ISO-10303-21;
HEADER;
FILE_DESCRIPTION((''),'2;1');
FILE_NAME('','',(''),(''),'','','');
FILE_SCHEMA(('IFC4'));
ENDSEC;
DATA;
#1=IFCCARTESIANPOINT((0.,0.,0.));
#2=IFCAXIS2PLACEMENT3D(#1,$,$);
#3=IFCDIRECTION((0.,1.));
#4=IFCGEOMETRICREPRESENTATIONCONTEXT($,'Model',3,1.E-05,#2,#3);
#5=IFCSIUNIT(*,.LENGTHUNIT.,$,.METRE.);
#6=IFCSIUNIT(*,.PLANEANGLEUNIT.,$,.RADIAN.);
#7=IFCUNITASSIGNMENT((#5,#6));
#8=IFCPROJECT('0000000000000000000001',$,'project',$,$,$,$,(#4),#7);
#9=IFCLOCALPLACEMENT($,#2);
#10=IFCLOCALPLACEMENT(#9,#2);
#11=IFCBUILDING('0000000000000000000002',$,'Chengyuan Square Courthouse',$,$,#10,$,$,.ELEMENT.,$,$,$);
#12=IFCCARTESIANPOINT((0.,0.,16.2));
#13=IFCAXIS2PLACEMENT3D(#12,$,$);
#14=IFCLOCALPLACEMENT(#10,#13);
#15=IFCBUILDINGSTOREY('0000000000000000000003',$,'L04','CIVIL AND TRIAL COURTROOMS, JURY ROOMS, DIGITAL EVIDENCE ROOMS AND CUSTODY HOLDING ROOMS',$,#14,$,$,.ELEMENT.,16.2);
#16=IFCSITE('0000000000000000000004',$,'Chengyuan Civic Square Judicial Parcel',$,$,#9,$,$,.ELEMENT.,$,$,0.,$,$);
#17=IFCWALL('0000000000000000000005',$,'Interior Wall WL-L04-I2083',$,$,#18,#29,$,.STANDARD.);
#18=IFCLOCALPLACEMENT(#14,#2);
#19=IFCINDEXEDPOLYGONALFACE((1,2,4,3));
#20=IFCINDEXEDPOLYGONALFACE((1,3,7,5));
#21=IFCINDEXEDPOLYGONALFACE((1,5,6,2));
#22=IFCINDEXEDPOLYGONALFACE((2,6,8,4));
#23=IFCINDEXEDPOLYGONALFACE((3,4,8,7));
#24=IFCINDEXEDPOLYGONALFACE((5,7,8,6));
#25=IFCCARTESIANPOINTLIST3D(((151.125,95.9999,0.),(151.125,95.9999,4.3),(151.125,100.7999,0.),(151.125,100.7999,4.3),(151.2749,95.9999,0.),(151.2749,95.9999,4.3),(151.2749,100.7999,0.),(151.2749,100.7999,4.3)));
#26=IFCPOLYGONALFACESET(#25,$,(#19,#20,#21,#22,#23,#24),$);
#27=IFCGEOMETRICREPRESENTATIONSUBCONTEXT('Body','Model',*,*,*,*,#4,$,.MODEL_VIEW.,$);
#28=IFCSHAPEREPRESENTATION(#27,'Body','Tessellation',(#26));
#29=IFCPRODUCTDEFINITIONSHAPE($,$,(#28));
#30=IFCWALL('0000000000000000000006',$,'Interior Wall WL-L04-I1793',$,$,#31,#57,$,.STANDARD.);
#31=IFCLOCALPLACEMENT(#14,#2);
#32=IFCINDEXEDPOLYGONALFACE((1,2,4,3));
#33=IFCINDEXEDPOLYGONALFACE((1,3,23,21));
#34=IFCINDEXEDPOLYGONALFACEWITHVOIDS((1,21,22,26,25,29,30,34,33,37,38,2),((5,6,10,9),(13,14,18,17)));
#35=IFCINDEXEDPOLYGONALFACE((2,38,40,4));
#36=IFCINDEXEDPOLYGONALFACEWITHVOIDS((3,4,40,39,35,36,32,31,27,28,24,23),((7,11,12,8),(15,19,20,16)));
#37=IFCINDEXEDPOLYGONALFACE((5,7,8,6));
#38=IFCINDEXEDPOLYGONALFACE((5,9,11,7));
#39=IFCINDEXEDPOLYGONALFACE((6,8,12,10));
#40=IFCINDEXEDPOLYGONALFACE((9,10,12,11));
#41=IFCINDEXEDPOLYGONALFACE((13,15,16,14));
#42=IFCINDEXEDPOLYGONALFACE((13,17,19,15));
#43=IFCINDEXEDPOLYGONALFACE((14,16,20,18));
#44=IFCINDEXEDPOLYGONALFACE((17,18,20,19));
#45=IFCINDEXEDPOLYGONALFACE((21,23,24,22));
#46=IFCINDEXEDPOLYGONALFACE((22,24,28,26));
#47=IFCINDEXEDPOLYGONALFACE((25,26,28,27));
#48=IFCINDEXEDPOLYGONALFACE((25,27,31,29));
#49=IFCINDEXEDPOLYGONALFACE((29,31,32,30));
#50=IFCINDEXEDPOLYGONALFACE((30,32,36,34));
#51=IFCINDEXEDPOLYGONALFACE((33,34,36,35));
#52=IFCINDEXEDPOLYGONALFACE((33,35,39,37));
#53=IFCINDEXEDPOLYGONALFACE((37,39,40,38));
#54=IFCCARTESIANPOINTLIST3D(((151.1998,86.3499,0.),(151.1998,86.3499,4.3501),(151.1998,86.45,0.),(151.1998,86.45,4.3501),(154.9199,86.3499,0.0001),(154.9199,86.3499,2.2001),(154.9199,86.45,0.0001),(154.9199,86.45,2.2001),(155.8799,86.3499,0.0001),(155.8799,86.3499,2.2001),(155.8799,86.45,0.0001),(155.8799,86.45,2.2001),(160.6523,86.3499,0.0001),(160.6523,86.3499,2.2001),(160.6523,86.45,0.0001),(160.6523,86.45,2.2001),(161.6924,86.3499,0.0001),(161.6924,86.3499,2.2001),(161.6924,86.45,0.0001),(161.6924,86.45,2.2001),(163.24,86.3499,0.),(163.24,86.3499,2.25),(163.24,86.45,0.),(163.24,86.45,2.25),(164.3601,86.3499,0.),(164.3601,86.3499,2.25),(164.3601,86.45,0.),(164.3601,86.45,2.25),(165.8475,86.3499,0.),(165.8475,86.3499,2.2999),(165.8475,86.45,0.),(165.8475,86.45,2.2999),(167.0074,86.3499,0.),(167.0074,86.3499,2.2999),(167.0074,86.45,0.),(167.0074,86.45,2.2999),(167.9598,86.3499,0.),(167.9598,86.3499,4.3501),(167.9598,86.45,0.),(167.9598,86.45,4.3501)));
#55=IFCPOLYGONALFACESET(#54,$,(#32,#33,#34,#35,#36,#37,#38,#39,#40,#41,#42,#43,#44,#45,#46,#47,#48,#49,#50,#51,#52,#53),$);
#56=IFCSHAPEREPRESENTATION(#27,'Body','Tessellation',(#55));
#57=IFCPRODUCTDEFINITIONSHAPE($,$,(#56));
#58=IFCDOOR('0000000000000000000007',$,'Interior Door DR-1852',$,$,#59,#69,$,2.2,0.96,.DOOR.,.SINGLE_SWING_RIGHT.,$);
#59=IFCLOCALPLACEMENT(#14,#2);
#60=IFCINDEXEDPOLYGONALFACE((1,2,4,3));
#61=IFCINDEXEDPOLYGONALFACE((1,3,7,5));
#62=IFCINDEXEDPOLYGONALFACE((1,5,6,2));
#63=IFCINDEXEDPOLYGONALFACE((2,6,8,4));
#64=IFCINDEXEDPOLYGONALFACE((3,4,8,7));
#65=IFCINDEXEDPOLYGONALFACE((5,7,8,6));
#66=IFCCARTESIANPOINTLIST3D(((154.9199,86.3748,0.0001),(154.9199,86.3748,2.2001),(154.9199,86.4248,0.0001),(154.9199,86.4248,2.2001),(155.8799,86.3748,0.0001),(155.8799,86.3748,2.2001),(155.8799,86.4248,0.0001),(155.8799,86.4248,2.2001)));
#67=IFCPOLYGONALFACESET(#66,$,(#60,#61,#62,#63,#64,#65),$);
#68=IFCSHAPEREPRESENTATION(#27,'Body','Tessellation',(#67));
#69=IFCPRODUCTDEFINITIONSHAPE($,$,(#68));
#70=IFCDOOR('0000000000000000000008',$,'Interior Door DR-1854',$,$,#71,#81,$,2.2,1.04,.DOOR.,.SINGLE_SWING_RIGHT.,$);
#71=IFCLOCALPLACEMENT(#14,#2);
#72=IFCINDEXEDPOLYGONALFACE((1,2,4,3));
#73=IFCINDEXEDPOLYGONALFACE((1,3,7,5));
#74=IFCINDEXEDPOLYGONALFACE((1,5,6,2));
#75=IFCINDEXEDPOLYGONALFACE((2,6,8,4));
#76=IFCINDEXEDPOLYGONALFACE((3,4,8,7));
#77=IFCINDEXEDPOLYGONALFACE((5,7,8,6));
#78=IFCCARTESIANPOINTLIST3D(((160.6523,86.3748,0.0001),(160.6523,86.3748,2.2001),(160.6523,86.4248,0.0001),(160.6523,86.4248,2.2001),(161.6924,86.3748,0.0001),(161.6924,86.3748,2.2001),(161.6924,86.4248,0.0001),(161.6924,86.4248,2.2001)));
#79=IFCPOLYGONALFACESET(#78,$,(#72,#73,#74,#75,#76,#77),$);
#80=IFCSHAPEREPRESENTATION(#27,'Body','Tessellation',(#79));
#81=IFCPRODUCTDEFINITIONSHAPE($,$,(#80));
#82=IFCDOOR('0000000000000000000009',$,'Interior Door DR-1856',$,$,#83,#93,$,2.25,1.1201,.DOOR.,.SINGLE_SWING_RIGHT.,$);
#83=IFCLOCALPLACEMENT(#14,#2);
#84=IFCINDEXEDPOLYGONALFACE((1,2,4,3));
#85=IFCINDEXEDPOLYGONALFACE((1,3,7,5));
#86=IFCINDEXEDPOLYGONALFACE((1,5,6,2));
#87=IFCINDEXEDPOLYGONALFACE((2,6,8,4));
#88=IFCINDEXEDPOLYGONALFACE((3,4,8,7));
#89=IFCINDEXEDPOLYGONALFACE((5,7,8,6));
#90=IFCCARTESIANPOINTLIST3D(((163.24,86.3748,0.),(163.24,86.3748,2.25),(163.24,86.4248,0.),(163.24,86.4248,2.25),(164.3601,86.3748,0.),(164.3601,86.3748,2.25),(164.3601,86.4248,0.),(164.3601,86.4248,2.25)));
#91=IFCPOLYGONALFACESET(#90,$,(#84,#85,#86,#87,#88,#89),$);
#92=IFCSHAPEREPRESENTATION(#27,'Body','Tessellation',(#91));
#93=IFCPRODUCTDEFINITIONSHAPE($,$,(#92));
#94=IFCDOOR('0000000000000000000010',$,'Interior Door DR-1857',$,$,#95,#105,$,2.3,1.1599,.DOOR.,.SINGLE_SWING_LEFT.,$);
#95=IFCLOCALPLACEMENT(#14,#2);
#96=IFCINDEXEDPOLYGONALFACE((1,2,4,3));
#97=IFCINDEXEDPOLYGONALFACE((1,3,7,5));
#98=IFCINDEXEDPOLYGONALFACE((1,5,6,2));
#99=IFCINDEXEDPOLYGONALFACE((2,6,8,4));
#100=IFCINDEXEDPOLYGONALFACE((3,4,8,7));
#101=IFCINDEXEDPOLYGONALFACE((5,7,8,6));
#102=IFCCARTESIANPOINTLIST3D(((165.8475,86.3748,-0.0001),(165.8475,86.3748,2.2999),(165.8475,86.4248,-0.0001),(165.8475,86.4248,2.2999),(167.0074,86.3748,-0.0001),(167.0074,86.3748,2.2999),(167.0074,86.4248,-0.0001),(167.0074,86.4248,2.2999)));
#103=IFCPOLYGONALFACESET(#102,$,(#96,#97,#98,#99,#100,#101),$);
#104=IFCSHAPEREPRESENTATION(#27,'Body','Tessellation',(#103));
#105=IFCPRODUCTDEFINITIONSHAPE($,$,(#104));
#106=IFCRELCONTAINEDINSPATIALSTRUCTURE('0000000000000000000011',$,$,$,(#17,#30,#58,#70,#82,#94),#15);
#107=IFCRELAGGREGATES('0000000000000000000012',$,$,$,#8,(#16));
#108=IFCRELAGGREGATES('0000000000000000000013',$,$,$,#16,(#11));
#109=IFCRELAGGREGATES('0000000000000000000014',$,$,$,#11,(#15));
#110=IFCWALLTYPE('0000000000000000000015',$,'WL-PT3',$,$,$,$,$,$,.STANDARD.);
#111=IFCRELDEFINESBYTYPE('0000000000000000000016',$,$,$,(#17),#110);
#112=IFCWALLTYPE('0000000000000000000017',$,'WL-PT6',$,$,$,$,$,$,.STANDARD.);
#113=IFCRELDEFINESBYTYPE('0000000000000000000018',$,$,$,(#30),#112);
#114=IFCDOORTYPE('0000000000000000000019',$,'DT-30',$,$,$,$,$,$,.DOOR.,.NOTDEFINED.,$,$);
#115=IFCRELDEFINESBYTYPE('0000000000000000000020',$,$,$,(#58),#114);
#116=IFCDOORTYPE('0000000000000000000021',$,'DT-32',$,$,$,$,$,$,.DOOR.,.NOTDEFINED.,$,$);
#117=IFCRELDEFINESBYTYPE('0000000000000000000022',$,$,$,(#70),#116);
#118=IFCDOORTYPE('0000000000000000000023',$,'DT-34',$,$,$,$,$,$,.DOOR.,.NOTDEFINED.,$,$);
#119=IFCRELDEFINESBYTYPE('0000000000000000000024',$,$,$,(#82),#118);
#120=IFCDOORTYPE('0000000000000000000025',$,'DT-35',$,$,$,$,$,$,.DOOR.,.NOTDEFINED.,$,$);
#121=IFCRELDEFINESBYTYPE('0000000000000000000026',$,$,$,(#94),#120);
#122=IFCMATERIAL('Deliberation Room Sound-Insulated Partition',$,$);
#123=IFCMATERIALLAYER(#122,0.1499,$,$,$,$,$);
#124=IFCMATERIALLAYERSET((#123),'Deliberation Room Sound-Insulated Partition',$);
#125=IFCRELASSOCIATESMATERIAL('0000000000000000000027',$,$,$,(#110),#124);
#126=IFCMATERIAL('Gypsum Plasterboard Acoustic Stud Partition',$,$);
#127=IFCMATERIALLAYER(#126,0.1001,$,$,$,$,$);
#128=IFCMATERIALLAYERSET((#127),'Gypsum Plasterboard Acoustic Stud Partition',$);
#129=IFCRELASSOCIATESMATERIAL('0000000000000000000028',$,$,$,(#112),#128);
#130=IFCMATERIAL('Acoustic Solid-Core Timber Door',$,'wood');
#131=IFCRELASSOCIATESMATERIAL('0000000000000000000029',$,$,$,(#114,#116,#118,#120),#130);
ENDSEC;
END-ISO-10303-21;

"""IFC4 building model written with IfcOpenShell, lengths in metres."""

from ifc_helpers import new_model, si_unit, direction, frame, frame_2d, origin, place, context, subcontext, project, spatial, rectangle, extrude, material, layer, layer_set, type_object, element, fill, save


model = new_model("IFC4")

# Units and contexts
model_context = context("Model", 3, precision=1e-05, world=origin(), true_north=direction((0.0, 1.0)))
body_context = subcontext(model_context, "Body", "Model", "MODEL_VIEW")
ifc_project = project(units=[si_unit("LENGTHUNIT", "METRE"), si_unit("PLANEANGLEUNIT", "RADIAN")], contexts=[model_context])

# Site, building, storey
site_placement = place(None, origin())
site = spatial("IfcSite", under=ifc_project, at=site_placement, Name="Chengyuan Civic Square Judicial Parcel", CompositionType="ELEMENT", RefElevation=0.0)
building_placement = place(site_placement, origin())
building = spatial("IfcBuilding", under=site, at=building_placement, Name="Chengyuan Square Courthouse", CompositionType="ELEMENT")
storey_placement = place(building_placement, frame((0.0, 0.0, 16.2)))
storey = spatial("IfcBuildingStorey", under=building, at=storey_placement, Name="L04", Description="CIVIL AND TRIAL COURTROOMS, JURY ROOMS, DIGITAL EVIDENCE ROOMS AND CUSTODY HOLDING ROOMS", CompositionType="ELEMENT", Elevation=16.2)

# Wall
ifc_material_1 = material(Name="Deliberation Room Sound-Insulated Partition")
ifc_layer_1 = layer(ifc_material_1, 0.1499)
ifc_layer_set_1 = layer_set([ifc_layer_1], Name="Deliberation Room Sound-Insulated Partition")
wall_type_1 = type_object("IfcWallType", Name="WL-PT3", PredefinedType="STANDARD", material=ifc_layer_set_1)
wall_1_placement = place(storey_placement, frame((151.2, 96.0, 0.0), z_axis=(0.0, 0.0, 1.0), x_axis=(0.0, 1.0, 0.0)))
element("IfcWall", 1, at=wall_1_placement, inside=storey, type_object=wall_type_1, Name="Interior Wall WL-L04-I2083", PredefinedType="STANDARD", context=body_context, shape_type="SweptSolid", body=[
    extrude(rectangle(XDim=4.8, YDim=0.1499, at=frame_2d((2.3999, 0.0))), origin(), (0.0, 0.0, 1.0), 4.3),
])

# Wall, openings, doors
ifc_material_2 = material(Name="Gypsum Plasterboard Acoustic Stud Partition")
ifc_layer_2 = layer(ifc_material_2, 0.1001)
ifc_layer_set_2 = layer_set([ifc_layer_2], Name="Gypsum Plasterboard Acoustic Stud Partition")
wall_type_2 = type_object("IfcWallType", Name="WL-PT6", PredefinedType="STANDARD", material=ifc_layer_set_2)
wall_2_placement = place(storey_placement, frame((151.2, 86.3999, 0.0), z_axis=(0.0, 0.0, 1.0), x_axis=(1.0, 0.0, 0.0)))
wall_2 = element("IfcWall", 2, at=wall_2_placement, inside=storey, type_object=wall_type_2, Name="Interior Wall WL-L04-I1793", PredefinedType="STANDARD", context=body_context, shape_type="SweptSolid", body=[
    extrude(rectangle(XDim=16.76, YDim=0.1001, at=frame_2d((8.3799, 0.0))), origin(), (0.0, 0.0, 1.0), 4.3501),
])
opening_1_placement = place(wall_2_placement, frame((3.72, 0.0, 0.0)))
opening_1 = element("IfcOpeningElement", 3, at=opening_1_placement, cuts=wall_2, PredefinedType="OPENING", context=body_context, shape_type="SweptSolid", body=[
    extrude(rectangle(XDim=0.96, YDim=2.2, at=frame_2d((0.48, 1.1001))), frame((0.0, 0.062, 0.0), z_axis=(0.0, -1.0, 0.0), x_axis=(1.0, 0.0, 0.0)), (0.0, 0.0, 1.0), 0.124),
])
opening_2_placement = place(wall_2_placement, frame((9.4524, 0.0, 0.0)))
opening_2 = element("IfcOpeningElement", 4, at=opening_2_placement, cuts=wall_2, PredefinedType="OPENING", context=body_context, shape_type="SweptSolid", body=[
    extrude(rectangle(XDim=1.04, YDim=2.2, at=frame_2d((0.52, 1.1001))), frame((0.0, 0.062, 0.0), z_axis=(0.0, -1.0, 0.0), x_axis=(1.0, 0.0, 0.0)), (0.0, 0.0, 1.0), 0.124),
])
opening_3_placement = place(wall_2_placement, frame((12.04, 0.0, 0.0)))
opening_3 = element("IfcOpeningElement", 5, at=opening_3_placement, cuts=wall_2, PredefinedType="OPENING", context=body_context, shape_type="SweptSolid", body=[
    extrude(rectangle(XDim=1.1201, YDim=2.25, at=frame_2d((0.5601, 1.125))), frame((0.0, 0.062, 0.0), z_axis=(0.0, -1.0, 0.0), x_axis=(1.0, 0.0, 0.0)), (0.0, 0.0, 1.0), 0.124),
])
opening_4_placement = place(wall_2_placement, frame((14.6475, 0.0, 0.0)))
opening_4 = element("IfcOpeningElement", 6, at=opening_4_placement, cuts=wall_2, PredefinedType="OPENING", context=body_context, shape_type="SweptSolid", body=[
    extrude(rectangle(XDim=1.1599, YDim=2.3, at=frame_2d((0.5801, 1.1499))), frame((0.0, 0.062, 0.0), z_axis=(0.0, -1.0, 0.0), x_axis=(1.0, 0.0, 0.0)), (0.0, 0.0, 1.0), 0.124),
])
ifc_material_3 = material(Name="Acoustic Solid-Core Timber Door", Category="wood")
door_type_1 = type_object("IfcDoorType", Name="DT-30", OperationType="NOTDEFINED", PredefinedType="DOOR", material=ifc_material_3)
door_1_placement = place(opening_1_placement, origin())
door_1 = element("IfcDoor", 7, at=door_1_placement, inside=storey, type_object=door_type_1, Name="Interior Door DR-1852", OperationType="SINGLE_SWING_RIGHT", OverallHeight=2.2, OverallWidth=0.96, PredefinedType="DOOR", context=body_context, shape_type="SweptSolid", body=[
    extrude(rectangle(XDim=0.96, YDim=2.2, at=frame_2d((0.48, 1.1001))), frame((0.0, 0.0249, 0.0), z_axis=(0.0, -1.0, 0.0), x_axis=(1.0, 0.0, 0.0)), (0.0, 0.0, 1.0), 0.05),
])
fill(opening_1, door_1)
door_type_2 = type_object("IfcDoorType", Name="DT-32", OperationType="NOTDEFINED", PredefinedType="DOOR", material=ifc_material_3)
door_2_placement = place(opening_2_placement, origin())
door_2 = element("IfcDoor", 8, at=door_2_placement, inside=storey, type_object=door_type_2, Name="Interior Door DR-1854", OperationType="SINGLE_SWING_RIGHT", OverallHeight=2.2, OverallWidth=1.04, PredefinedType="DOOR", context=body_context, shape_type="SweptSolid", body=[
    extrude(rectangle(XDim=1.04, YDim=2.2, at=frame_2d((0.52, 1.1001))), frame((0.0, 0.0249, 0.0), z_axis=(0.0, -1.0, 0.0), x_axis=(1.0, 0.0, 0.0)), (0.0, 0.0, 1.0), 0.05),
])
fill(opening_2, door_2)
door_type_3 = type_object("IfcDoorType", Name="DT-34", OperationType="NOTDEFINED", PredefinedType="DOOR", material=ifc_material_3)
door_3_placement = place(opening_3_placement, origin())
door_3 = element("IfcDoor", 9, at=door_3_placement, inside=storey, type_object=door_type_3, Name="Interior Door DR-1856", OperationType="SINGLE_SWING_RIGHT", OverallHeight=2.25, OverallWidth=1.1201, PredefinedType="DOOR", context=body_context, shape_type="SweptSolid", body=[
    extrude(rectangle(XDim=1.1201, YDim=2.25, at=frame_2d((0.5601, 1.125))), frame((0.0, 0.0249, 0.0), z_axis=(0.0, -1.0, 0.0), x_axis=(1.0, 0.0, 0.0)), (0.0, 0.0, 1.0), 0.05),
])
fill(opening_3, door_3)
door_type_4 = type_object("IfcDoorType", Name="DT-35", OperationType="NOTDEFINED", PredefinedType="DOOR", material=ifc_material_3)
door_4_placement = place(opening_4_placement, origin())
door_4 = element("IfcDoor", 10, at=door_4_placement, inside=storey, type_object=door_type_4, Name="Interior Door DR-1857", OperationType="SINGLE_SWING_LEFT", OverallHeight=2.3, OverallWidth=1.1599, PredefinedType="DOOR", context=body_context, shape_type="SweptSolid", body=[
    extrude(rectangle(XDim=1.1599, YDim=2.3, at=frame_2d((0.5801, 1.1499))), frame((0.0, 0.0249, 0.0), z_axis=(0.0, -1.0, 0.0), x_axis=(1.0, 0.0, 0.0)), (0.0, 0.0, 1.0), 0.05),
])
fill(opening_4, door_4)

save(model, "model.ifc")
